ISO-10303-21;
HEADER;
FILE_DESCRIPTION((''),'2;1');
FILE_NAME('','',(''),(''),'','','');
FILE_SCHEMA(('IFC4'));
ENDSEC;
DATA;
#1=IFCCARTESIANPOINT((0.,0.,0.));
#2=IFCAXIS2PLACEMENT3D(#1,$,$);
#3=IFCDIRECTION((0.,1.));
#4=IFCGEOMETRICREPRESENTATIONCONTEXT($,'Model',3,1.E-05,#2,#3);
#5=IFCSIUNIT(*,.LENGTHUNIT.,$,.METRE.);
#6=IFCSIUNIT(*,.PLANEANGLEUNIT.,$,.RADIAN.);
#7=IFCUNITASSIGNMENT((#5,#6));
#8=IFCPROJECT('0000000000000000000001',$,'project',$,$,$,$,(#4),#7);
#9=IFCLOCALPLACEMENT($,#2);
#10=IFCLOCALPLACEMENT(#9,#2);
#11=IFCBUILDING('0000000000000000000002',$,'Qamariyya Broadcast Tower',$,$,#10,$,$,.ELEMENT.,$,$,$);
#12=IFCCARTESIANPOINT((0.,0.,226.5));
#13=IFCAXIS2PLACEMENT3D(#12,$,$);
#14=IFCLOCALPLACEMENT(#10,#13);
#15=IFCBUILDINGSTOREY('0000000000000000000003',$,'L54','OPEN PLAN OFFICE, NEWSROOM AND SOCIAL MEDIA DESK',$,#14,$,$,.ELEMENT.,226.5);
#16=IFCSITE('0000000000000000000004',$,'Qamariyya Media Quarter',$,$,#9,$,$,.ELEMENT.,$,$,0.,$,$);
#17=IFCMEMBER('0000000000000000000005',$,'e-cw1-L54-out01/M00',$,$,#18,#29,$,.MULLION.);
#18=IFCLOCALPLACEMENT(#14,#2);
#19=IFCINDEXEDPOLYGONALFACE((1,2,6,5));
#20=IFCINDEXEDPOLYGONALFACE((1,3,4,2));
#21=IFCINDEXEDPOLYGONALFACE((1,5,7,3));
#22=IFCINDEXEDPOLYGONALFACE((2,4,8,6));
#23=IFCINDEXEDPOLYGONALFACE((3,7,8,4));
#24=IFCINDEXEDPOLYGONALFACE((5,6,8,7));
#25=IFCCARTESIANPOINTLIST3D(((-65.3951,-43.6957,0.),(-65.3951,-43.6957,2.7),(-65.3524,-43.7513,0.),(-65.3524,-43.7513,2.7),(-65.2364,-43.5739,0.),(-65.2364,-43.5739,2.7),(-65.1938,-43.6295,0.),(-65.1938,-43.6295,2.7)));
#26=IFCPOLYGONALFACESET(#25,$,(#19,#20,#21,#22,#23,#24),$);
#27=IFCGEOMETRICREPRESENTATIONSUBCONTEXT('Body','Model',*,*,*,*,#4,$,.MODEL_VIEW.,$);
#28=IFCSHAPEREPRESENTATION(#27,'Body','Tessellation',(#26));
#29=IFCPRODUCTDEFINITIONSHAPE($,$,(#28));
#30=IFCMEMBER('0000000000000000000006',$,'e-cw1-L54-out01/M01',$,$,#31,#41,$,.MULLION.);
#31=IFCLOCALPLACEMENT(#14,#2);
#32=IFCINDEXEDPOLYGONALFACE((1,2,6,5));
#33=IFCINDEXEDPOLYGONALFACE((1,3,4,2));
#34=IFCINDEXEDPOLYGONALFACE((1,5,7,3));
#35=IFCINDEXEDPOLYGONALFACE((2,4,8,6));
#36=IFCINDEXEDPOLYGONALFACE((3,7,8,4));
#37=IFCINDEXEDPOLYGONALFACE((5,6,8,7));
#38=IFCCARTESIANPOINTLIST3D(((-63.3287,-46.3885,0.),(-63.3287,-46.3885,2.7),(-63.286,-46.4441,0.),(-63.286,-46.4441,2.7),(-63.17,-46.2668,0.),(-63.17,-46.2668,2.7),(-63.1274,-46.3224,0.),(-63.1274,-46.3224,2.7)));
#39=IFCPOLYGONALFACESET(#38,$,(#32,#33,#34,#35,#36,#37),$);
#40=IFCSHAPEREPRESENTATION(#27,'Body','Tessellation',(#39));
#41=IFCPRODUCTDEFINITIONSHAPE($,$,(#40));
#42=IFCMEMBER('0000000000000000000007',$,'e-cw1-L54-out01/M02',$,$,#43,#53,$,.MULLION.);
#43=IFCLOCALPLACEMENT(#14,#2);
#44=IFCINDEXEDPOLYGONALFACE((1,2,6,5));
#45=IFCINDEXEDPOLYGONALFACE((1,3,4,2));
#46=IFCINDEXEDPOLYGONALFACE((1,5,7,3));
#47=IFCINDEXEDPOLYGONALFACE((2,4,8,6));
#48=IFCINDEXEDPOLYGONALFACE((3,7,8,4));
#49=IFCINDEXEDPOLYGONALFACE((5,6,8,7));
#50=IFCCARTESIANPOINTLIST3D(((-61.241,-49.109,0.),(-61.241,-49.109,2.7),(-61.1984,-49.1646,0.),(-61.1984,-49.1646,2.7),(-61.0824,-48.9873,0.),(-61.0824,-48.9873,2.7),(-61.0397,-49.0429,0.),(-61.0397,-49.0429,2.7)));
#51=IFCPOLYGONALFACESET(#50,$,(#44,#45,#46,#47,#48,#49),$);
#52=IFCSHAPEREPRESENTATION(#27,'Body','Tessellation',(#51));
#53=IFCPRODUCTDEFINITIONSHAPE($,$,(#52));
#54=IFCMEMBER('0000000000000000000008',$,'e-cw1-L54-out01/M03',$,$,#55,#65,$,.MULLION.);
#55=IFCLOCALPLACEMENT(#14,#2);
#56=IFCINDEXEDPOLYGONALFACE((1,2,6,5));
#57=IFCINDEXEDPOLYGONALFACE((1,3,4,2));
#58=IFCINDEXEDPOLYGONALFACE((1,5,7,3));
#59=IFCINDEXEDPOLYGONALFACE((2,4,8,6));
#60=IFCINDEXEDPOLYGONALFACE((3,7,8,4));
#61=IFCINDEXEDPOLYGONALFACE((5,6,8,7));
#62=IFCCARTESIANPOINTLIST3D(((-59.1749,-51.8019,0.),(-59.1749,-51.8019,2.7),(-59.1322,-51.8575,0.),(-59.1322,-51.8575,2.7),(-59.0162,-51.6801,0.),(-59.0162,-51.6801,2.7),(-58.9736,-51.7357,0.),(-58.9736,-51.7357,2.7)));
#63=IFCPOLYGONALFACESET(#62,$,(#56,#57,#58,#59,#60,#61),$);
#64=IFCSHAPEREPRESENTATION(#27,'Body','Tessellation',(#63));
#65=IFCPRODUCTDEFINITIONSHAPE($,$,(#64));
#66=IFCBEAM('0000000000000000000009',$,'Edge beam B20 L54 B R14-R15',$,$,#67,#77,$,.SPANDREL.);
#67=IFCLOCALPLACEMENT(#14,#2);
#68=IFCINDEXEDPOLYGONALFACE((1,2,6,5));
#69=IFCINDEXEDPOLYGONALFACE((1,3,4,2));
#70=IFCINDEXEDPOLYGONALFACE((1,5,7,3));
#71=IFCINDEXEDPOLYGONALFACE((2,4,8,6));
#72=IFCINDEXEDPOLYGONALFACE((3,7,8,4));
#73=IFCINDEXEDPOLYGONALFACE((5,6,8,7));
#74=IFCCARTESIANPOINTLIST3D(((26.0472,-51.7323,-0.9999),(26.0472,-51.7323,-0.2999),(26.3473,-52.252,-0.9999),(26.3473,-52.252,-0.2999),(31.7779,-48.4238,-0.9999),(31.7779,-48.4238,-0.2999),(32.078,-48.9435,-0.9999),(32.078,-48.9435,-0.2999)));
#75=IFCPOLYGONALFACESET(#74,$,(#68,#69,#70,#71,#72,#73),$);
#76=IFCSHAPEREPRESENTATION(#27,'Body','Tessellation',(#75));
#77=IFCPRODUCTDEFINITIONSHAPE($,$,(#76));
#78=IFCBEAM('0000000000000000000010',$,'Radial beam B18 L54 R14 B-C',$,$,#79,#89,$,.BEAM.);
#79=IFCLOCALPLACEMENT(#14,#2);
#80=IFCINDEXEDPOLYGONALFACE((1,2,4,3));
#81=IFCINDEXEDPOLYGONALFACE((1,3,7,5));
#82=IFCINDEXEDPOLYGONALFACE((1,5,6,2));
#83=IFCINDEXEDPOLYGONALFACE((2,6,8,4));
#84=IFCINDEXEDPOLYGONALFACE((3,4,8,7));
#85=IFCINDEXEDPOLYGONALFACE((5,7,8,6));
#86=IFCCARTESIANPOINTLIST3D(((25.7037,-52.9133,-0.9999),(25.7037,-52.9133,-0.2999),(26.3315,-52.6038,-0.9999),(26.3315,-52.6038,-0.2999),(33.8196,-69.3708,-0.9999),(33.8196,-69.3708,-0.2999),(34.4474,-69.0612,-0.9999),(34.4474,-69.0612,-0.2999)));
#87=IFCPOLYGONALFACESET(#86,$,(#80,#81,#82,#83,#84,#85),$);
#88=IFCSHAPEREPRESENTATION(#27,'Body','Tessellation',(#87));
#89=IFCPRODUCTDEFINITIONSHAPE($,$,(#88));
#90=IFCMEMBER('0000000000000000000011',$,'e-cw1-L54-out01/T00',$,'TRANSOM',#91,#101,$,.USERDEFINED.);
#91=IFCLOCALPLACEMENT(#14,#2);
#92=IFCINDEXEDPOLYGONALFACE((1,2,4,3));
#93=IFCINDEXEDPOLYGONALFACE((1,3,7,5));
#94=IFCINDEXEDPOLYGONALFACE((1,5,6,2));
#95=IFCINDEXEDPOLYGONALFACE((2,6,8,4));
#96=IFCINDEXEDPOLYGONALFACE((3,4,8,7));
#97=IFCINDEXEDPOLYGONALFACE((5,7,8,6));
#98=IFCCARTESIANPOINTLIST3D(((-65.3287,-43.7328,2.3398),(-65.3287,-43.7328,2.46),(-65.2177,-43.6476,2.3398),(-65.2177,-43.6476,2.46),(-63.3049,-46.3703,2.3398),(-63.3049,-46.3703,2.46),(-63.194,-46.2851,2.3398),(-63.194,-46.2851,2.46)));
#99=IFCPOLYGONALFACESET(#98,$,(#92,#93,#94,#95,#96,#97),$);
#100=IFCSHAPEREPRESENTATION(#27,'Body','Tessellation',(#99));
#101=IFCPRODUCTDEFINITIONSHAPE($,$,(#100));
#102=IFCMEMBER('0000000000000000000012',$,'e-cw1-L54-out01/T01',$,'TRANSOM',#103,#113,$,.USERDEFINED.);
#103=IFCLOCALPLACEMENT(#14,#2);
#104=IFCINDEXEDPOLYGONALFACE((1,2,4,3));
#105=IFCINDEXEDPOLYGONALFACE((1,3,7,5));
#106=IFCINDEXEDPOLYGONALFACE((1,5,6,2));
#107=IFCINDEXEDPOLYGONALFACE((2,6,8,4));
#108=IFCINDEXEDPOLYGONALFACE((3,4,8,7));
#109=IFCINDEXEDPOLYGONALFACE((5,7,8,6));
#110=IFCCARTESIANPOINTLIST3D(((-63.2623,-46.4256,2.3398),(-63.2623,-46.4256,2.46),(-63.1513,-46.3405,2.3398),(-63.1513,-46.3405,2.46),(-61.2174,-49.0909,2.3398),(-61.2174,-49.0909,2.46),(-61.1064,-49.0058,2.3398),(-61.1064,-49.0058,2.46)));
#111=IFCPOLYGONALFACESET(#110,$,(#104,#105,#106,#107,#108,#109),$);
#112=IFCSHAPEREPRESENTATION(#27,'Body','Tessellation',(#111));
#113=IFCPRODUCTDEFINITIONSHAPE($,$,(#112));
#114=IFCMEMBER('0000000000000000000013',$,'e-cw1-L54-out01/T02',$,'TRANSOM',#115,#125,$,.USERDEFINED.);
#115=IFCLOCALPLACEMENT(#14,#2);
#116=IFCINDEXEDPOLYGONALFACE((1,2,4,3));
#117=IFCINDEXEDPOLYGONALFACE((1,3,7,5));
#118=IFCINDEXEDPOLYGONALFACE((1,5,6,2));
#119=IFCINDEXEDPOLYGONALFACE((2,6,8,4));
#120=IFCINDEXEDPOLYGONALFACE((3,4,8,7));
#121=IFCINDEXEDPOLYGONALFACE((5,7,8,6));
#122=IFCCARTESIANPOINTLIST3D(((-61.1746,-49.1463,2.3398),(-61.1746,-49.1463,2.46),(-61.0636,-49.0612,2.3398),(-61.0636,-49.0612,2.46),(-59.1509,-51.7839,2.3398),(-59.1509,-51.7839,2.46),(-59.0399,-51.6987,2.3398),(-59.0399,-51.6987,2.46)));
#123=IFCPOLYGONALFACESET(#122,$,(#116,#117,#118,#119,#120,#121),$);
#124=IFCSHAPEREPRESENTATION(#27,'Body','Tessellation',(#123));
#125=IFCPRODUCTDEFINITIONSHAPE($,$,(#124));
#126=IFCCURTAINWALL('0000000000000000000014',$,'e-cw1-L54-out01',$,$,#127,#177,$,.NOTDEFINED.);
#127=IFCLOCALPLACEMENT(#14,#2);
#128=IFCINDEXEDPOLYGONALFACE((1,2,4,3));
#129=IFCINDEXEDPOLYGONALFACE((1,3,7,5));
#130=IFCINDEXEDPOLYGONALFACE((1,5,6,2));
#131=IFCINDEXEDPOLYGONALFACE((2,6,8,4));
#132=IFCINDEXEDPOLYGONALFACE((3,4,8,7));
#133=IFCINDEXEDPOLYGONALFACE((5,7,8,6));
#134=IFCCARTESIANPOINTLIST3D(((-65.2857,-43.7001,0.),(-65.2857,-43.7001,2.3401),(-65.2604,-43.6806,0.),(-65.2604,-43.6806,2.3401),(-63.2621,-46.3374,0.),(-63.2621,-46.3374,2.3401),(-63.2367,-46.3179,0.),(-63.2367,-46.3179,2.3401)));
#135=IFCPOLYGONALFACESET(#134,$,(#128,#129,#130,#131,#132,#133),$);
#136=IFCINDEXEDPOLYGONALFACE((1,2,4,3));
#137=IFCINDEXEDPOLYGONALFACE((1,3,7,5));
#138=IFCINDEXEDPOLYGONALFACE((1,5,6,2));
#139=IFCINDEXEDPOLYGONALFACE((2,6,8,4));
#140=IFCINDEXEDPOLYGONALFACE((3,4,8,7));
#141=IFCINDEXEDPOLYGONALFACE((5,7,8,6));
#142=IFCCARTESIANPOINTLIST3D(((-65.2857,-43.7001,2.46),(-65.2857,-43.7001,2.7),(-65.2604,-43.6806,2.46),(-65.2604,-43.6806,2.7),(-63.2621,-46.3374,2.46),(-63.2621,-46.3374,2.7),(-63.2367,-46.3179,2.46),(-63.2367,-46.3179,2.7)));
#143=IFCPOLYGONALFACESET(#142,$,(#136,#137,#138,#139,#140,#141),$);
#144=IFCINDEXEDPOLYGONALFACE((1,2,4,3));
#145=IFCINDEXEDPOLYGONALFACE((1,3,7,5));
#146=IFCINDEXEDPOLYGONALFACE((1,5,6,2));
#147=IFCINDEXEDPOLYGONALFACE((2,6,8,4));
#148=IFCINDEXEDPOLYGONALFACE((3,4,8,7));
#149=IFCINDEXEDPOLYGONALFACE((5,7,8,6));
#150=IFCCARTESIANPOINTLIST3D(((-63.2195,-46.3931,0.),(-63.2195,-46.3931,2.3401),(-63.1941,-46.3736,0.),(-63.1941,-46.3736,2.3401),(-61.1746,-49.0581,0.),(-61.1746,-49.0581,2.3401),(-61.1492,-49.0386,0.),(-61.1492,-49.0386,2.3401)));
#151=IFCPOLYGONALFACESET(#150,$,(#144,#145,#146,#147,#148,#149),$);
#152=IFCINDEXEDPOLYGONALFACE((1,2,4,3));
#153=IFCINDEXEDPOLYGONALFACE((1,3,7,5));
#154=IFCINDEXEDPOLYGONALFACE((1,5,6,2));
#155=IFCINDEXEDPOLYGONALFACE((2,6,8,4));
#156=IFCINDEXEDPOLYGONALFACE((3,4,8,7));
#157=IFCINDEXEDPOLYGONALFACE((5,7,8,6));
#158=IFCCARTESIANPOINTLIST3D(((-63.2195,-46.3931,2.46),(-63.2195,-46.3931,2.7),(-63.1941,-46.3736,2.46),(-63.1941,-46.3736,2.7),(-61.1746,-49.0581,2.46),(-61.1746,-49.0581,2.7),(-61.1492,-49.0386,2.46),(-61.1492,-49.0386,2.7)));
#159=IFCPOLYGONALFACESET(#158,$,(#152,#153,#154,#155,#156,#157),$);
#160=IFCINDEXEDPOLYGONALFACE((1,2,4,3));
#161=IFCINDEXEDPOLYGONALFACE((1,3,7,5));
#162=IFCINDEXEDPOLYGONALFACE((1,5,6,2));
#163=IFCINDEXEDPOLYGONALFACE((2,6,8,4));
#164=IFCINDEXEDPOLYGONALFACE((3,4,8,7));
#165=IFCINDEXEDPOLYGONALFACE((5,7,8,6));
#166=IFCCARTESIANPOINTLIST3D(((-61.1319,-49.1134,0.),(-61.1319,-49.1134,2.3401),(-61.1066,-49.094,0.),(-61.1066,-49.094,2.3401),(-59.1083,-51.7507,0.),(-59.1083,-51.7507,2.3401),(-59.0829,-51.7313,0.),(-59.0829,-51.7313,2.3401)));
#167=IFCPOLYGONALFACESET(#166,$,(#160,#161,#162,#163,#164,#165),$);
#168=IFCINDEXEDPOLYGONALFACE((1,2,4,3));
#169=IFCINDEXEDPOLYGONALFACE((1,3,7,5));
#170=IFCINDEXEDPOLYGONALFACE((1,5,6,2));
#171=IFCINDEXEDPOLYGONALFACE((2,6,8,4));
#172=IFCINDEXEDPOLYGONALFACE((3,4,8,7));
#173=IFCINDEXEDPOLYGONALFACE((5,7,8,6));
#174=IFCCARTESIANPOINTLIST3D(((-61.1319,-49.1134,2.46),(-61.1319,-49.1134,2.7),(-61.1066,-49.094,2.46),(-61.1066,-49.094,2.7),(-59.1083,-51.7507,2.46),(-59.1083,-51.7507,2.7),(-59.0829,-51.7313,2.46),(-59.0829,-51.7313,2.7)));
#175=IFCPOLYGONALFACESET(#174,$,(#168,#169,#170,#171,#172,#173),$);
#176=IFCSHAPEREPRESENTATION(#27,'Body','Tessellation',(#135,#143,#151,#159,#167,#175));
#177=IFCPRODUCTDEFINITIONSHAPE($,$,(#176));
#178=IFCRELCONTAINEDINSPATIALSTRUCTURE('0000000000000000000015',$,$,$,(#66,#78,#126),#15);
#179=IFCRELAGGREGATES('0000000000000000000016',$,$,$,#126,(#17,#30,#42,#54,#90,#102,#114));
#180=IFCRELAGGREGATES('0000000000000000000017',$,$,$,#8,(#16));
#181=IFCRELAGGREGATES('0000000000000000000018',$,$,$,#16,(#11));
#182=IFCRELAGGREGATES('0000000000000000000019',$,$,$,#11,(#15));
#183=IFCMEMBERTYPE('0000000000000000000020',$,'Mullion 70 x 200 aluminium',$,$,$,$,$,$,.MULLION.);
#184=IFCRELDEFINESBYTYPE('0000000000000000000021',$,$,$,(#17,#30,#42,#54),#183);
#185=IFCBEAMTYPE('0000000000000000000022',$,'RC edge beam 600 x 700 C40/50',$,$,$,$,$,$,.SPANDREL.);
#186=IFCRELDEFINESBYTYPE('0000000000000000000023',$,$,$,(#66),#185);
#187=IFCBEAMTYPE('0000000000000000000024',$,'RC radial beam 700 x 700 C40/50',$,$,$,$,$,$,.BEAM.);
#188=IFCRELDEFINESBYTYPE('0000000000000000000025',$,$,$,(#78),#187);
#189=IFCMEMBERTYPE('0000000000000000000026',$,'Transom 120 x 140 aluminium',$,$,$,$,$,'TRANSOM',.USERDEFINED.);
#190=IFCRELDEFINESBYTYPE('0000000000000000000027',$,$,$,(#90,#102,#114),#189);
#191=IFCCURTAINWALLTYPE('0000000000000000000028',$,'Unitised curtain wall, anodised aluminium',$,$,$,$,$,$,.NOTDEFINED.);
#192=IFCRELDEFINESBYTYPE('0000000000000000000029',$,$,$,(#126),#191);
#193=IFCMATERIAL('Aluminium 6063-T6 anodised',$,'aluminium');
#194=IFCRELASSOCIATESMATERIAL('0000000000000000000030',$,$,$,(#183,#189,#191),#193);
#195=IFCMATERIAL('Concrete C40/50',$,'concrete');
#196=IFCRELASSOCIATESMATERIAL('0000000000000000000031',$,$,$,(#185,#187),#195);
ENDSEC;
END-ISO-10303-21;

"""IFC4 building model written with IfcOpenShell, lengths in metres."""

from ifc_helpers import new_model, si_unit, direction, frame, origin, origin_2d, place, context, subcontext, project, spatial, rectangle, extrude, material, material_profile, profile_set, type_object, element, aggregate, save


model = new_model("IFC4")

# Units and contexts
model_context = context("Model", 3, precision=1e-05, world=origin(), true_north=direction((0.0, 1.0)))
body_context = subcontext(model_context, "Body", "Model", "MODEL_VIEW")
ifc_project = project(units=[si_unit("LENGTHUNIT", "METRE"), si_unit("PLANEANGLEUNIT", "RADIAN")], contexts=[model_context])

# Site, building, storey
site_placement = place(None, origin())
site = spatial("IfcSite", under=ifc_project, at=site_placement, Name="Qamariyya Media Quarter", CompositionType="ELEMENT", RefElevation=0.0)
building_placement = place(site_placement, origin())
building = spatial("IfcBuilding", under=site, at=building_placement, Name="Qamariyya Broadcast Tower", CompositionType="ELEMENT")
storey_placement = place(building_placement, frame((0.0, 0.0, 226.5)))
storey = spatial("IfcBuildingStorey", under=building, at=storey_placement, Name="L54", Description="OPEN PLAN OFFICE, NEWSROOM AND SOCIAL MEDIA DESK", CompositionType="ELEMENT", Elevation=226.5)

# Members
ifc_material_1 = material(Name="Aluminium 6063-T6 anodised", Category="aluminium")
ifc_material_profile_1 = material_profile(ifc_material_1, rectangle(XDim=0.2, YDim=0.0701, at=origin_2d()))
ifc_profile_set_1 = profile_set([ifc_material_profile_1], Name="Aluminium 6063-T6 anodised")
member_type_1 = type_object("IfcMemberType", Name="Mullion 70 x 200 aluminium", PredefinedType="MULLION", material=ifc_profile_set_1)
member_1_placement = place(storey_placement, frame((-65.2944, -43.6626, 0.0), z_axis=(0.0, 0.0, 1.0), x_axis=(0.793353, 0.608761, 0.0)))
member_1 = element("IfcMember", 1, at=member_1_placement, type_object=member_type_1, Name="e-cw1-L54-out01/M00", PredefinedType="MULLION", context=body_context, shape_type="SweptSolid", body=[
    extrude(rectangle(XDim=0.2, YDim=0.0701, at=origin_2d()), origin(), (0.0, 0.0, 1.0), 2.7),
])
member_2_placement = place(storey_placement, frame((-63.228, -46.3555, 0.0), z_axis=(0.0, 0.0, 1.0), x_axis=(0.793353, 0.608761, 0.0)))
member_2 = element("IfcMember", 2, at=member_2_placement, type_object=member_type_1, Name="e-cw1-L54-out01/M01", PredefinedType="MULLION", context=body_context, shape_type="SweptSolid", body=[
    extrude(rectangle(XDim=0.2, YDim=0.0701, at=origin_2d()), origin(), (0.0, 0.0, 1.0), 2.7),
])
member_3_placement = place(storey_placement, frame((-61.1404, -49.0759, 0.0), z_axis=(0.0, 0.0, 1.0), x_axis=(0.793353, 0.608761, 0.0)))
member_3 = element("IfcMember", 3, at=member_3_placement, type_object=member_type_1, Name="e-cw1-L54-out01/M02", PredefinedType="MULLION", context=body_context, shape_type="SweptSolid", body=[
    extrude(rectangle(XDim=0.2, YDim=0.0701, at=origin_2d()), origin(), (0.0, 0.0, 1.0), 2.7),
])
member_4_placement = place(storey_placement, frame((-59.0742, -51.7688, 0.0), z_axis=(0.0, 0.0, 1.0), x_axis=(0.793353, 0.608761, 0.0)))
member_4 = element("IfcMember", 4, at=member_4_placement, type_object=member_type_1, Name="e-cw1-L54-out01/M03", PredefinedType="MULLION", context=body_context, shape_type="SweptSolid", body=[
    extrude(rectangle(XDim=0.2, YDim=0.0701, at=origin_2d()), origin(), (0.0, 0.0, 1.0), 2.7),
])

# Beams
ifc_material_2 = material(Name="Concrete C40/50", Category="concrete")
ifc_material_profile_2 = material_profile(ifc_material_2, rectangle(XDim=0.6001, YDim=0.7, at=origin_2d()))
ifc_profile_set_2 = profile_set([ifc_material_profile_2], Name="Concrete C40/50")
beam_type_1 = type_object("IfcBeamType", Name="RC edge beam 600 x 700 C40/50", PredefinedType="SPANDREL", material=ifc_profile_set_2)
beam_1_placement = place(storey_placement, frame((26.1973, -51.9922, -0.6499), z_axis=(0.866028, 0.499996, 0.0), x_axis=(-0.499996, 0.866028, 0.0)))
element("IfcBeam", 5, at=beam_1_placement, inside=storey, type_object=beam_type_1, Name="Edge beam B20 L54 B R14-R15", PredefinedType="SPANDREL", context=body_context, shape_type="SweptSolid", body=[
    extrude(rectangle(XDim=0.6001, YDim=0.7, at=origin_2d()), origin(), (0.0, 0.0, 1.0), 6.6172),
])
ifc_material_profile_3 = material_profile(ifc_material_2, rectangle(XDim=0.7, YDim=0.7, at=origin_2d()))
ifc_profile_set_3 = profile_set([ifc_material_profile_3], Name="Concrete C40/50")
beam_type_2 = type_object("IfcBeamType", Name="RC radial beam 700 x 700 C40/50", PredefinedType="BEAM", material=ifc_profile_set_3)
beam_2_placement = place(storey_placement, frame((26.0176, -52.7585, -0.6499), z_axis=(0.442289, -0.896872, 0.0), x_axis=(0.896872, 0.442289, 0.0)))
element("IfcBeam", 6, at=beam_2_placement, inside=storey, type_object=beam_type_2, Name="Radial beam B18 L54 R14 B-C", PredefinedType="BEAM", context=body_context, shape_type="SweptSolid", body=[
    extrude(rectangle(XDim=0.7, YDim=0.7, at=origin_2d()), origin(), (0.0, 0.0, 1.0), 18.3499),
])

# Members
ifc_material_profile_4 = material_profile(ifc_material_1, rectangle(XDim=0.1399, YDim=0.1201, at=origin_2d()))
ifc_profile_set_4 = profile_set([ifc_material_profile_4], Name="Aluminium 6063-T6 anodised")
member_type_2 = type_object("IfcMemberType", Name="Transom 120 x 140 aluminium", ElementType="TRANSOM", PredefinedType="USERDEFINED", material=ifc_profile_set_4)
member_5_placement = place(storey_placement, frame((-65.2732, -43.6902, 2.3999), z_axis=(0.608741, -0.793369, 0.0), x_axis=(0.793369, 0.608741, 0.0)))
member_5 = element("IfcMember", 7, at=member_5_placement, type_object=member_type_2, Name="e-cw1-L54-out01/T00", ObjectType="TRANSOM", PredefinedType="USERDEFINED", context=body_context, shape_type="SweptSolid", body=[
    extrude(rectangle(XDim=0.1399, YDim=0.1201, at=origin_2d()), origin(), (0.0, 0.0, 1.0), 3.3245),
])
member_6_placement = place(storey_placement, frame((-63.2068, -46.3831, 2.3999), z_axis=(0.60872, -0.793385, 0.0), x_axis=(0.793385, 0.60872, 0.0)))
member_6 = element("IfcMember", 8, at=member_6_placement, type_object=member_type_2, Name="e-cw1-L54-out01/T01", ObjectType="TRANSOM", PredefinedType="USERDEFINED", context=body_context, shape_type="SweptSolid", body=[
    extrude(rectangle(XDim=0.1399, YDim=0.1201, at=origin_2d()), origin(), (0.0, 0.0, 1.0), 3.3594),
])
member_7_placement = place(storey_placement, frame((-61.1191, -49.1038, 2.3999), z_axis=(0.608741, -0.793369, 0.0), x_axis=(0.793369, 0.608741, 0.0)))
member_7 = element("IfcMember", 9, at=member_7_placement, type_object=member_type_2, Name="e-cw1-L54-out01/T02", ObjectType="TRANSOM", PredefinedType="USERDEFINED", context=body_context, shape_type="SweptSolid", body=[
    extrude(rectangle(XDim=0.1399, YDim=0.1201, at=origin_2d()), origin(), (0.0, 0.0, 1.0), 3.3245),
])

# Curtain wall
curtain_wall_type = type_object("IfcCurtainWallType", Name="Unitised curtain wall, anodised aluminium", PredefinedType="NOTDEFINED", material=ifc_material_1)
curtain_wall_1_placement = place(storey_placement, origin())
curtain_wall_1 = element("IfcCurtainWall", 10, at=curtain_wall_1_placement, inside=storey, type_object=curtain_wall_type, Name="e-cw1-L54-out01", PredefinedType="NOTDEFINED", context=body_context, shape_type="SweptSolid", body=[
    extrude(rectangle(XDim=3.3242, YDim=0.032, at=origin_2d()), frame((-64.2612, -45.009, 0.0), x_axis=(0.608754, -0.793359, 0.0)), (0.0, 0.0, 1.0), 2.3401),
    extrude(rectangle(XDim=3.3242, YDim=0.032, at=origin_2d()), frame((-64.2612, -45.009, 2.46), x_axis=(0.608754, -0.793359, 0.0)), (0.0, 0.0, 1.0), 0.24),
    extrude(rectangle(XDim=3.3591, YDim=0.032, at=origin_2d()), frame((-62.1843, -47.7158, 0.0), x_axis=(0.608754, -0.793359, 0.0)), (0.0, 0.0, 1.0), 2.3401),
    extrude(rectangle(XDim=3.3591, YDim=0.032, at=origin_2d()), frame((-62.1843, -47.7158, 2.46), x_axis=(0.608754, -0.793359, 0.0)), (0.0, 0.0, 1.0), 0.24),
    extrude(rectangle(XDim=3.3242, YDim=0.032, at=origin_2d()), frame((-60.1074, -50.4224, 0.0), x_axis=(0.608754, -0.793359, 0.0)), (0.0, 0.0, 1.0), 2.3401),
    extrude(rectangle(XDim=3.3242, YDim=0.032, at=origin_2d()), frame((-60.1074, -50.4224, 2.46), x_axis=(0.608754, -0.793359, 0.0)), (0.0, 0.0, 1.0), 0.24),
])
aggregate(curtain_wall_1, [member_1, member_2, member_3, member_4, member_5, member_6, member_7])

save(model, "model.ifc")
